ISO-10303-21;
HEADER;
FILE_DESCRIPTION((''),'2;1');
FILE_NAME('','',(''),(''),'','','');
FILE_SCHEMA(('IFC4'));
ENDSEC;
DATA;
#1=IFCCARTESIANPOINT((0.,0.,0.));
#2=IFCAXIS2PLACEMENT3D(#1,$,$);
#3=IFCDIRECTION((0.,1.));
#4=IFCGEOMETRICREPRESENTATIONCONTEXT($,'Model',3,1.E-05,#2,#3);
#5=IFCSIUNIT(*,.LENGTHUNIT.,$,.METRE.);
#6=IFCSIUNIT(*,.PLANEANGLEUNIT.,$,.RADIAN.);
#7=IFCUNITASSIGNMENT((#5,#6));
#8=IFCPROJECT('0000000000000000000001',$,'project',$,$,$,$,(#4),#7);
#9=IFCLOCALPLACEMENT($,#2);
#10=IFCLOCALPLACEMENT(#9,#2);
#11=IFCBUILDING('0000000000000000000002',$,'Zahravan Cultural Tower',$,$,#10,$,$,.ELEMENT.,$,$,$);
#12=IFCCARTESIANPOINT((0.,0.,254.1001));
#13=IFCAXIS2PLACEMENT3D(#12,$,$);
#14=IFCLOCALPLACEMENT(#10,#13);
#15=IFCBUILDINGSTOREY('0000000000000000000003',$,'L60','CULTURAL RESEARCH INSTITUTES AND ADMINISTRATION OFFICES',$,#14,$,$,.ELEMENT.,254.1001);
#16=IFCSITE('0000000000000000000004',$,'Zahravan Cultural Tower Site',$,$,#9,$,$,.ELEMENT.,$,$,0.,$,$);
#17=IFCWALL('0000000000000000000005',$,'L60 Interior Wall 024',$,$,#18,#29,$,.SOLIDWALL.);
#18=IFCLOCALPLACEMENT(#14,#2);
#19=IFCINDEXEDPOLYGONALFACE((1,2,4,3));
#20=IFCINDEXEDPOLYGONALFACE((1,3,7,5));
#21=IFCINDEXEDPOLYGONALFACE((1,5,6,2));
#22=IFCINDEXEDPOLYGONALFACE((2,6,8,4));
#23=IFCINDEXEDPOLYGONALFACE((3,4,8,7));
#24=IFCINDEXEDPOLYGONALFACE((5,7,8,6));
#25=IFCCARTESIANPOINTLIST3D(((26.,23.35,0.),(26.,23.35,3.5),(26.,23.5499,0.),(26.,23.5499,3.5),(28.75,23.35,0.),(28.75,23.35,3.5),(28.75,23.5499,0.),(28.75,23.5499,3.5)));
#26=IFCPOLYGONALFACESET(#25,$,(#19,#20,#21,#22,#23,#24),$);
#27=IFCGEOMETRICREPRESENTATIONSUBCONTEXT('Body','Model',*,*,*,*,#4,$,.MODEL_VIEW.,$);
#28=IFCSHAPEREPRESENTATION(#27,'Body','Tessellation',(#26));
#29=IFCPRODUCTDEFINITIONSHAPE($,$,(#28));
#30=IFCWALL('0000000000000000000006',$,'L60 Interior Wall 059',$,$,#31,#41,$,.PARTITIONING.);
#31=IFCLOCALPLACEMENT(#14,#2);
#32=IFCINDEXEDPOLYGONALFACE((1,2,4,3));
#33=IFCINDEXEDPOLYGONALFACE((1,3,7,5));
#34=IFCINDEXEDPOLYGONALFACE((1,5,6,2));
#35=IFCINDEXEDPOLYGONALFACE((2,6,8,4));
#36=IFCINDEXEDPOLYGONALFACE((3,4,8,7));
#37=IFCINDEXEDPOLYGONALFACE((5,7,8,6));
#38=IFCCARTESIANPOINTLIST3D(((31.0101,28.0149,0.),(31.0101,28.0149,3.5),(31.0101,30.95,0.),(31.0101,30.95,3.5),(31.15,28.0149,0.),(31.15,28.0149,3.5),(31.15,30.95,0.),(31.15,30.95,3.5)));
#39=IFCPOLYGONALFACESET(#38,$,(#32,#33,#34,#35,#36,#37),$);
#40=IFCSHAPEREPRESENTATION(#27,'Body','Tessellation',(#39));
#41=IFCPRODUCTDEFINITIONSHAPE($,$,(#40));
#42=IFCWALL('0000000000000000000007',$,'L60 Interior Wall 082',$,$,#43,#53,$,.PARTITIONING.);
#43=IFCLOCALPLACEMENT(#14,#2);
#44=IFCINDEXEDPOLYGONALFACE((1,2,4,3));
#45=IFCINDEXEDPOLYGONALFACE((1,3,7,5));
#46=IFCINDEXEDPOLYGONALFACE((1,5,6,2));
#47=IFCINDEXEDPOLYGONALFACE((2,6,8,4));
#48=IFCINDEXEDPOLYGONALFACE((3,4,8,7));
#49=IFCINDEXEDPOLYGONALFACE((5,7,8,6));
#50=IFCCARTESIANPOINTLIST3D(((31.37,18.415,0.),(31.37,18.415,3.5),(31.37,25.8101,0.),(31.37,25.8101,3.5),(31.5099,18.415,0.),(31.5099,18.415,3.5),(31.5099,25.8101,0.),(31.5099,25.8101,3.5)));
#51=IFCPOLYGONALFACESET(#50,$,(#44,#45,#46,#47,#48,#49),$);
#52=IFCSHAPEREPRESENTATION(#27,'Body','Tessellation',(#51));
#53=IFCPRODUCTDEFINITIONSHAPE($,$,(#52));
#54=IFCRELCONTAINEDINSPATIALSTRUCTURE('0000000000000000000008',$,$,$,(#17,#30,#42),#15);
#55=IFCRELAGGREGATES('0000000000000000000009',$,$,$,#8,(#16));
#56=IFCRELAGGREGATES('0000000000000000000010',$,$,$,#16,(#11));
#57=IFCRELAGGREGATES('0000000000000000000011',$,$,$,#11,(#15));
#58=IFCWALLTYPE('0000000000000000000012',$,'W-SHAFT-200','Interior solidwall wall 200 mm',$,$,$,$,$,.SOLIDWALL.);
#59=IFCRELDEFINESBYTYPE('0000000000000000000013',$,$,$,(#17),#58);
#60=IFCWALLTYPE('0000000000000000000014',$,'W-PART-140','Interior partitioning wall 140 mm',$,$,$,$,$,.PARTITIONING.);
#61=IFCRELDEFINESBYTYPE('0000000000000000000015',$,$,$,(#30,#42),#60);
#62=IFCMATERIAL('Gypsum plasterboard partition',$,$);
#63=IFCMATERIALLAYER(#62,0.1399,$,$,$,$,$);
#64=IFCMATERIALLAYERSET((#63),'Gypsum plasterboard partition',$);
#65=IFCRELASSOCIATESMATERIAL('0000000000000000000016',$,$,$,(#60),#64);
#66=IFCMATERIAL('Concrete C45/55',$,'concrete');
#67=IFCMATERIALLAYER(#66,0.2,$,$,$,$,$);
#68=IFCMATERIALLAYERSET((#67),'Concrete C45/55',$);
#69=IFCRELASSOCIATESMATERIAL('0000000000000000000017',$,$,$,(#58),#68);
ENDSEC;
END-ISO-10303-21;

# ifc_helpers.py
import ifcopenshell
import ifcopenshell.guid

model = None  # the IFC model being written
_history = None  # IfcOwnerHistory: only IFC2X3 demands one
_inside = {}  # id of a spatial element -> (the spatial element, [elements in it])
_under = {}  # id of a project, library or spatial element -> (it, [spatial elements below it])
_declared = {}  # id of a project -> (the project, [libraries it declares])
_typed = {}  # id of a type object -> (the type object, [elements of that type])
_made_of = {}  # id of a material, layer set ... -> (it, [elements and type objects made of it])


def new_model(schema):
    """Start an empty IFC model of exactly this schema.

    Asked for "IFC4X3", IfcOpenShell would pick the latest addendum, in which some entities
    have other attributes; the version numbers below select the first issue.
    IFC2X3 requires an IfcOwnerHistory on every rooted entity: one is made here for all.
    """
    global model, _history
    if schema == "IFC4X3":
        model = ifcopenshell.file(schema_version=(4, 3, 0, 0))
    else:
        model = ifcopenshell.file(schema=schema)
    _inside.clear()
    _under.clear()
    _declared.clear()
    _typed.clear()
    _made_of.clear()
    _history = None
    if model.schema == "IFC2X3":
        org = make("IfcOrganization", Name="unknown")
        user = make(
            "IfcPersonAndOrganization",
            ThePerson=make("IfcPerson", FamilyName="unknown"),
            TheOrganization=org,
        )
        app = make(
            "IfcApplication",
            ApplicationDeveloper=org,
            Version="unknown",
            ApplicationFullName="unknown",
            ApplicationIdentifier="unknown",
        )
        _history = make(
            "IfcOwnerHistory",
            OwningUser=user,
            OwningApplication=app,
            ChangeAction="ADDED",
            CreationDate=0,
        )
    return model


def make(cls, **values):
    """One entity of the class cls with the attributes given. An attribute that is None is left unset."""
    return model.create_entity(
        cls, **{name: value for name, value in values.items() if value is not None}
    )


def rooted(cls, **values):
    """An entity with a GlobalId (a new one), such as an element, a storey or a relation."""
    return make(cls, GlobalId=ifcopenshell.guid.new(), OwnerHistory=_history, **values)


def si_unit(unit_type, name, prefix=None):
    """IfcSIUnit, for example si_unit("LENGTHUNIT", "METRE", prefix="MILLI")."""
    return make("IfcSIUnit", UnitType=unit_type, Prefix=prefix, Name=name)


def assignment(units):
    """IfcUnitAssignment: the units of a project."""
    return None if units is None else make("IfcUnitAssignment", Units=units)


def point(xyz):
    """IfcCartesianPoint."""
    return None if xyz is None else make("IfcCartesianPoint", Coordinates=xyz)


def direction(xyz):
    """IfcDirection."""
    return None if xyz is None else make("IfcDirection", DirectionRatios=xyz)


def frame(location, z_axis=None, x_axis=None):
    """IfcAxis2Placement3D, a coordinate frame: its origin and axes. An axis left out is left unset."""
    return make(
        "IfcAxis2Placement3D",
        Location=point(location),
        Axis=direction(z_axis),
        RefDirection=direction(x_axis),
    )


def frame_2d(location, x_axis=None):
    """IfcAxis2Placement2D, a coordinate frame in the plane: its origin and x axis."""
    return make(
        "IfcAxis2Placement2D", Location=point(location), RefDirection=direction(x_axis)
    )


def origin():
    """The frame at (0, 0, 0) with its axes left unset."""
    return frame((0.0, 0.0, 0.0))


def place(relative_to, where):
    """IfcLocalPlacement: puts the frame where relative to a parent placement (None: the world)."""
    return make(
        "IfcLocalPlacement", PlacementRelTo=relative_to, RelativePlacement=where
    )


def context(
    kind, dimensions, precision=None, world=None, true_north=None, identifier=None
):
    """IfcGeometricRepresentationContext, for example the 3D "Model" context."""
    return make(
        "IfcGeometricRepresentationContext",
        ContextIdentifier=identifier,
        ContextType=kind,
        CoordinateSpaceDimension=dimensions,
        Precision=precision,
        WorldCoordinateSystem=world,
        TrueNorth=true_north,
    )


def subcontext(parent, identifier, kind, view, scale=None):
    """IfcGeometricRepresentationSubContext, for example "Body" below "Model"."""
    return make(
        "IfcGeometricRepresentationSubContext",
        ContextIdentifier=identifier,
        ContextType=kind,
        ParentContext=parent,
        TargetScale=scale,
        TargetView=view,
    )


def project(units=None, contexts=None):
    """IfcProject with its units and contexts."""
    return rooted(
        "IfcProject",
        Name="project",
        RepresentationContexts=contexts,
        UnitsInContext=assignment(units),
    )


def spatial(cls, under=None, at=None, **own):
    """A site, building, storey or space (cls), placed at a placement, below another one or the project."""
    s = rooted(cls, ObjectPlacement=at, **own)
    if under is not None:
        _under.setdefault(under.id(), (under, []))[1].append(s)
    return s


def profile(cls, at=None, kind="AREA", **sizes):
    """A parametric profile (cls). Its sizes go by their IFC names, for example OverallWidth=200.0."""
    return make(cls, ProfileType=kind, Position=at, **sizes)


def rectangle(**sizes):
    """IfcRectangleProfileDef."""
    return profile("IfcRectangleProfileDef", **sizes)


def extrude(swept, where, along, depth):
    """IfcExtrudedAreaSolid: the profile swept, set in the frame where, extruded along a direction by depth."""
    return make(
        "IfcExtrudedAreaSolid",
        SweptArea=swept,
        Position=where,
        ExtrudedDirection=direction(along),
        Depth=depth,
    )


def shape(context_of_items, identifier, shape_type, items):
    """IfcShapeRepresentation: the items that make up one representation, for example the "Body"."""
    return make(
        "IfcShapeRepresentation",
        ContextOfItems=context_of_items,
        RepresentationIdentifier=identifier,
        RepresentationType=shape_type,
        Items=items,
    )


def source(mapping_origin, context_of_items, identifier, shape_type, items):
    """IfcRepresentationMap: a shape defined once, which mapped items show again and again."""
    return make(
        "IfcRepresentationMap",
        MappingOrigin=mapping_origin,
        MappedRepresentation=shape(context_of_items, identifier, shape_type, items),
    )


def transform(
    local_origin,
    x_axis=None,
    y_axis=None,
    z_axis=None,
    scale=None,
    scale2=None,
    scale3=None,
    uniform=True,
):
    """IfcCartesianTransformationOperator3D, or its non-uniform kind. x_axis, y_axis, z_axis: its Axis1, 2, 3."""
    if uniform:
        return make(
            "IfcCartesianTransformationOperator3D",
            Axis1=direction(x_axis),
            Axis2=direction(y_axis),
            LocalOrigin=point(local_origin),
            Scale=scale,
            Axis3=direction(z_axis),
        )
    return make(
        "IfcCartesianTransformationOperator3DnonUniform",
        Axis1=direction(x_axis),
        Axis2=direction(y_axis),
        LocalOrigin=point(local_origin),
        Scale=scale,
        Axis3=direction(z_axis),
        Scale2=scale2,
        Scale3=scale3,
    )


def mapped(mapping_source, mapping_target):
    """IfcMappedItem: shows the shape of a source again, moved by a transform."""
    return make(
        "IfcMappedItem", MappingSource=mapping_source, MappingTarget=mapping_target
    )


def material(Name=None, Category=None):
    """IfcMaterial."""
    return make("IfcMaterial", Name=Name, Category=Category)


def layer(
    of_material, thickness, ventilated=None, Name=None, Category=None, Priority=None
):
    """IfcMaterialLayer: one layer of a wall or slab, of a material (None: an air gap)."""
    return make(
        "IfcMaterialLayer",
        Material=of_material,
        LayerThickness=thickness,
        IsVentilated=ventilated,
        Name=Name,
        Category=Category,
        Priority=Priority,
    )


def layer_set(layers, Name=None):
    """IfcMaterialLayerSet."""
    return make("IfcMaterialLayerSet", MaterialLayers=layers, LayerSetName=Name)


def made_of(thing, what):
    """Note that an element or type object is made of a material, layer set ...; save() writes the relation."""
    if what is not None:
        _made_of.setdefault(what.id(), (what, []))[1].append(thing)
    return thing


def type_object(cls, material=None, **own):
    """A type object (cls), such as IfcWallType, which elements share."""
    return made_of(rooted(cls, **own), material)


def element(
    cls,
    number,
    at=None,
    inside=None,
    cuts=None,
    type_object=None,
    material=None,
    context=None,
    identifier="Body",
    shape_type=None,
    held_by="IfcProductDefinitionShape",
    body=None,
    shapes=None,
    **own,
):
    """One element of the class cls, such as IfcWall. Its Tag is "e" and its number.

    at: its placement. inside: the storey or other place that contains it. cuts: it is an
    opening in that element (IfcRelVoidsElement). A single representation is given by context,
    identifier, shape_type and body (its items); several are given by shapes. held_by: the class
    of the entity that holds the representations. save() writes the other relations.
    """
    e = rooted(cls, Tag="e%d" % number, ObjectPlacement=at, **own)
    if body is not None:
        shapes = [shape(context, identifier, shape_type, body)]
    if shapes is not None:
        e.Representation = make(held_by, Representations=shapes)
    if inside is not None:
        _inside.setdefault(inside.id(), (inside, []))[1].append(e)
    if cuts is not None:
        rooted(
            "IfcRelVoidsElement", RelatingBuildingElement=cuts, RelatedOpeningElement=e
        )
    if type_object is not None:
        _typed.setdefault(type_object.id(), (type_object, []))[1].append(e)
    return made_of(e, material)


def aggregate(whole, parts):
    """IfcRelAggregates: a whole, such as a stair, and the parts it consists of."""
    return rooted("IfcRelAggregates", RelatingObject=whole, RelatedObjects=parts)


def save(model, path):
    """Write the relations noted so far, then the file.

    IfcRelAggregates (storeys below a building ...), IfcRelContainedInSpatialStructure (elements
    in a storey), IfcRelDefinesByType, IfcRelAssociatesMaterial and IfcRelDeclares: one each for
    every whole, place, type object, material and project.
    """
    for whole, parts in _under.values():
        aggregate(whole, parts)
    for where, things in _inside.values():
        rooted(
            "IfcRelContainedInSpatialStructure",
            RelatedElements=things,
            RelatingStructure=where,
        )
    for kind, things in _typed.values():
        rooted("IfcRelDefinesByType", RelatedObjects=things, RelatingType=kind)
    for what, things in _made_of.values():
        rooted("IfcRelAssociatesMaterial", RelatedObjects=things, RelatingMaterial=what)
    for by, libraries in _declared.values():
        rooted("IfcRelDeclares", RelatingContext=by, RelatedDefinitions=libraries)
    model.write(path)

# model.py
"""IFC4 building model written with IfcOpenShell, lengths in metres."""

from ifc_helpers import new_model, si_unit, direction, frame, frame_2d, origin, place, context, subcontext, project, spatial, rectangle, extrude, source, transform, mapped, material, layer, layer_set, type_object, element, save


model = new_model("IFC4")

# Units and contexts
model_context = context("Model", 3, precision=1e-05, world=origin(), true_north=direction((0.0, 1.0)))
body_context = subcontext(model_context, "Body", "Model", "MODEL_VIEW")
ifc_project = project(units=[si_unit("LENGTHUNIT", "METRE"), si_unit("PLANEANGLEUNIT", "RADIAN")], contexts=[model_context])

# Site, building, storey
site_placement = place(None, origin())
site = spatial("IfcSite", under=ifc_project, at=site_placement, Name="Zahravan Cultural Tower Site", CompositionType="ELEMENT", RefElevation=0.0)
building_placement = place(site_placement, origin())
building = spatial("IfcBuilding", under=site, at=building_placement, Name="Zahravan Cultural Tower", CompositionType="ELEMENT")
storey_placement = place(building_placement, frame((0.0, 0.0, 254.1001)))
storey = spatial("IfcBuildingStorey", under=building, at=storey_placement, Name="L60", Description="CULTURAL RESEARCH INSTITUTES AND ADMINISTRATION OFFICES", CompositionType="ELEMENT", Elevation=254.1001)

# Shared definitions
ifc_material_1 = material(Name="Gypsum plasterboard partition")
ifc_layer_1 = layer(ifc_material_1, 0.1399)
ifc_layer_set_1 = layer_set([ifc_layer_1], Name="Gypsum plasterboard partition")
wall_type_1 = type_object("IfcWallType", Name="W-PART-140", Description="Interior partitioning wall 140 mm", PredefinedType="PARTITIONING", material=ifc_layer_set_1)

# Shared definitions
ifc_material_2 = material(Name="Concrete C45/55", Category="concrete")
ifc_layer_2 = layer(ifc_material_2, 0.2)
ifc_layer_set_2 = layer_set([ifc_layer_2], Name="Concrete C45/55")
wall_type_2 = type_object("IfcWallType", Name="W-SHAFT-200", Description="Interior solidwall wall 200 mm", PredefinedType="SOLIDWALL", material=ifc_layer_set_2)

# Walls
shared_shape_1 = source(origin(), body_context, "Body", "SweptSolid", [
    extrude(rectangle(XDim=2.75, YDim=0.2, at=frame_2d((1.375, 0.0))), origin(), (0.0, 0.0, 1.0), 3.5),
])
wall_1_placement = place(storey_placement, frame((26.0, 23.45, 0.0), z_axis=(0.0, 0.0, 1.0), x_axis=(1.0, 0.0, 0.0)))
element("IfcWall", 1, at=wall_1_placement, inside=storey, type_object=wall_type_2, Name="L60 Interior Wall 024", PredefinedType="SOLIDWALL", context=body_context, shape_type="MappedRepresentation", body=[
    mapped(shared_shape_1, transform((0.0, 0.0, 0.0), x_axis=(1.0, 0.0, 0.0), y_axis=(0.0, 1.0, 0.0), z_axis=(0.0, 0.0, 1.0), scale=1.0)),
])
shared_shape_2 = source(origin(), body_context, "Body", "SweptSolid", [
    extrude(rectangle(XDim=2.9351, YDim=0.1399, at=frame_2d((1.4675, 0.0))), origin(), (0.0, 0.0, 1.0), 3.5),
])
wall_2_placement = place(storey_placement, frame((31.0801, 28.0149, 0.0), z_axis=(0.0, 0.0, 1.0), x_axis=(0.0, 1.0, 0.0)))
element("IfcWall", 2, at=wall_2_placement, inside=storey, type_object=wall_type_1, Name="L60 Interior Wall 059", PredefinedType="PARTITIONING", context=body_context, shape_type="MappedRepresentation", body=[
    mapped(shared_shape_2, transform((0.0, 0.0, 0.0), x_axis=(1.0, 0.0, 0.0), y_axis=(0.0, 1.0, 0.0), z_axis=(0.0, 0.0, 1.0), scale=1.0)),
])
shared_shape_3 = source(origin(), body_context, "Body", "SweptSolid", [
    extrude(rectangle(XDim=7.395, YDim=0.1399, at=frame_2d((3.6975, 0.0))), origin(), (0.0, 0.0, 1.0), 3.5),
])
wall_3_placement = place(storey_placement, frame((31.4399, 18.415, 0.0), z_axis=(0.0, 0.0, 1.0), x_axis=(0.0, 1.0, 0.0)))
element("IfcWall", 3, at=wall_3_placement, inside=storey, type_object=wall_type_1, Name="L60 Interior Wall 082", PredefinedType="PARTITIONING", context=body_context, shape_type="MappedRepresentation", body=[
    mapped(shared_shape_3, transform((0.0, 0.0, 0.0), x_axis=(1.0, 0.0, 0.0), y_axis=(0.0, 1.0, 0.0), z_axis=(0.0, 0.0, 1.0), scale=1.0)),
])

save(model, "model.ifc")
